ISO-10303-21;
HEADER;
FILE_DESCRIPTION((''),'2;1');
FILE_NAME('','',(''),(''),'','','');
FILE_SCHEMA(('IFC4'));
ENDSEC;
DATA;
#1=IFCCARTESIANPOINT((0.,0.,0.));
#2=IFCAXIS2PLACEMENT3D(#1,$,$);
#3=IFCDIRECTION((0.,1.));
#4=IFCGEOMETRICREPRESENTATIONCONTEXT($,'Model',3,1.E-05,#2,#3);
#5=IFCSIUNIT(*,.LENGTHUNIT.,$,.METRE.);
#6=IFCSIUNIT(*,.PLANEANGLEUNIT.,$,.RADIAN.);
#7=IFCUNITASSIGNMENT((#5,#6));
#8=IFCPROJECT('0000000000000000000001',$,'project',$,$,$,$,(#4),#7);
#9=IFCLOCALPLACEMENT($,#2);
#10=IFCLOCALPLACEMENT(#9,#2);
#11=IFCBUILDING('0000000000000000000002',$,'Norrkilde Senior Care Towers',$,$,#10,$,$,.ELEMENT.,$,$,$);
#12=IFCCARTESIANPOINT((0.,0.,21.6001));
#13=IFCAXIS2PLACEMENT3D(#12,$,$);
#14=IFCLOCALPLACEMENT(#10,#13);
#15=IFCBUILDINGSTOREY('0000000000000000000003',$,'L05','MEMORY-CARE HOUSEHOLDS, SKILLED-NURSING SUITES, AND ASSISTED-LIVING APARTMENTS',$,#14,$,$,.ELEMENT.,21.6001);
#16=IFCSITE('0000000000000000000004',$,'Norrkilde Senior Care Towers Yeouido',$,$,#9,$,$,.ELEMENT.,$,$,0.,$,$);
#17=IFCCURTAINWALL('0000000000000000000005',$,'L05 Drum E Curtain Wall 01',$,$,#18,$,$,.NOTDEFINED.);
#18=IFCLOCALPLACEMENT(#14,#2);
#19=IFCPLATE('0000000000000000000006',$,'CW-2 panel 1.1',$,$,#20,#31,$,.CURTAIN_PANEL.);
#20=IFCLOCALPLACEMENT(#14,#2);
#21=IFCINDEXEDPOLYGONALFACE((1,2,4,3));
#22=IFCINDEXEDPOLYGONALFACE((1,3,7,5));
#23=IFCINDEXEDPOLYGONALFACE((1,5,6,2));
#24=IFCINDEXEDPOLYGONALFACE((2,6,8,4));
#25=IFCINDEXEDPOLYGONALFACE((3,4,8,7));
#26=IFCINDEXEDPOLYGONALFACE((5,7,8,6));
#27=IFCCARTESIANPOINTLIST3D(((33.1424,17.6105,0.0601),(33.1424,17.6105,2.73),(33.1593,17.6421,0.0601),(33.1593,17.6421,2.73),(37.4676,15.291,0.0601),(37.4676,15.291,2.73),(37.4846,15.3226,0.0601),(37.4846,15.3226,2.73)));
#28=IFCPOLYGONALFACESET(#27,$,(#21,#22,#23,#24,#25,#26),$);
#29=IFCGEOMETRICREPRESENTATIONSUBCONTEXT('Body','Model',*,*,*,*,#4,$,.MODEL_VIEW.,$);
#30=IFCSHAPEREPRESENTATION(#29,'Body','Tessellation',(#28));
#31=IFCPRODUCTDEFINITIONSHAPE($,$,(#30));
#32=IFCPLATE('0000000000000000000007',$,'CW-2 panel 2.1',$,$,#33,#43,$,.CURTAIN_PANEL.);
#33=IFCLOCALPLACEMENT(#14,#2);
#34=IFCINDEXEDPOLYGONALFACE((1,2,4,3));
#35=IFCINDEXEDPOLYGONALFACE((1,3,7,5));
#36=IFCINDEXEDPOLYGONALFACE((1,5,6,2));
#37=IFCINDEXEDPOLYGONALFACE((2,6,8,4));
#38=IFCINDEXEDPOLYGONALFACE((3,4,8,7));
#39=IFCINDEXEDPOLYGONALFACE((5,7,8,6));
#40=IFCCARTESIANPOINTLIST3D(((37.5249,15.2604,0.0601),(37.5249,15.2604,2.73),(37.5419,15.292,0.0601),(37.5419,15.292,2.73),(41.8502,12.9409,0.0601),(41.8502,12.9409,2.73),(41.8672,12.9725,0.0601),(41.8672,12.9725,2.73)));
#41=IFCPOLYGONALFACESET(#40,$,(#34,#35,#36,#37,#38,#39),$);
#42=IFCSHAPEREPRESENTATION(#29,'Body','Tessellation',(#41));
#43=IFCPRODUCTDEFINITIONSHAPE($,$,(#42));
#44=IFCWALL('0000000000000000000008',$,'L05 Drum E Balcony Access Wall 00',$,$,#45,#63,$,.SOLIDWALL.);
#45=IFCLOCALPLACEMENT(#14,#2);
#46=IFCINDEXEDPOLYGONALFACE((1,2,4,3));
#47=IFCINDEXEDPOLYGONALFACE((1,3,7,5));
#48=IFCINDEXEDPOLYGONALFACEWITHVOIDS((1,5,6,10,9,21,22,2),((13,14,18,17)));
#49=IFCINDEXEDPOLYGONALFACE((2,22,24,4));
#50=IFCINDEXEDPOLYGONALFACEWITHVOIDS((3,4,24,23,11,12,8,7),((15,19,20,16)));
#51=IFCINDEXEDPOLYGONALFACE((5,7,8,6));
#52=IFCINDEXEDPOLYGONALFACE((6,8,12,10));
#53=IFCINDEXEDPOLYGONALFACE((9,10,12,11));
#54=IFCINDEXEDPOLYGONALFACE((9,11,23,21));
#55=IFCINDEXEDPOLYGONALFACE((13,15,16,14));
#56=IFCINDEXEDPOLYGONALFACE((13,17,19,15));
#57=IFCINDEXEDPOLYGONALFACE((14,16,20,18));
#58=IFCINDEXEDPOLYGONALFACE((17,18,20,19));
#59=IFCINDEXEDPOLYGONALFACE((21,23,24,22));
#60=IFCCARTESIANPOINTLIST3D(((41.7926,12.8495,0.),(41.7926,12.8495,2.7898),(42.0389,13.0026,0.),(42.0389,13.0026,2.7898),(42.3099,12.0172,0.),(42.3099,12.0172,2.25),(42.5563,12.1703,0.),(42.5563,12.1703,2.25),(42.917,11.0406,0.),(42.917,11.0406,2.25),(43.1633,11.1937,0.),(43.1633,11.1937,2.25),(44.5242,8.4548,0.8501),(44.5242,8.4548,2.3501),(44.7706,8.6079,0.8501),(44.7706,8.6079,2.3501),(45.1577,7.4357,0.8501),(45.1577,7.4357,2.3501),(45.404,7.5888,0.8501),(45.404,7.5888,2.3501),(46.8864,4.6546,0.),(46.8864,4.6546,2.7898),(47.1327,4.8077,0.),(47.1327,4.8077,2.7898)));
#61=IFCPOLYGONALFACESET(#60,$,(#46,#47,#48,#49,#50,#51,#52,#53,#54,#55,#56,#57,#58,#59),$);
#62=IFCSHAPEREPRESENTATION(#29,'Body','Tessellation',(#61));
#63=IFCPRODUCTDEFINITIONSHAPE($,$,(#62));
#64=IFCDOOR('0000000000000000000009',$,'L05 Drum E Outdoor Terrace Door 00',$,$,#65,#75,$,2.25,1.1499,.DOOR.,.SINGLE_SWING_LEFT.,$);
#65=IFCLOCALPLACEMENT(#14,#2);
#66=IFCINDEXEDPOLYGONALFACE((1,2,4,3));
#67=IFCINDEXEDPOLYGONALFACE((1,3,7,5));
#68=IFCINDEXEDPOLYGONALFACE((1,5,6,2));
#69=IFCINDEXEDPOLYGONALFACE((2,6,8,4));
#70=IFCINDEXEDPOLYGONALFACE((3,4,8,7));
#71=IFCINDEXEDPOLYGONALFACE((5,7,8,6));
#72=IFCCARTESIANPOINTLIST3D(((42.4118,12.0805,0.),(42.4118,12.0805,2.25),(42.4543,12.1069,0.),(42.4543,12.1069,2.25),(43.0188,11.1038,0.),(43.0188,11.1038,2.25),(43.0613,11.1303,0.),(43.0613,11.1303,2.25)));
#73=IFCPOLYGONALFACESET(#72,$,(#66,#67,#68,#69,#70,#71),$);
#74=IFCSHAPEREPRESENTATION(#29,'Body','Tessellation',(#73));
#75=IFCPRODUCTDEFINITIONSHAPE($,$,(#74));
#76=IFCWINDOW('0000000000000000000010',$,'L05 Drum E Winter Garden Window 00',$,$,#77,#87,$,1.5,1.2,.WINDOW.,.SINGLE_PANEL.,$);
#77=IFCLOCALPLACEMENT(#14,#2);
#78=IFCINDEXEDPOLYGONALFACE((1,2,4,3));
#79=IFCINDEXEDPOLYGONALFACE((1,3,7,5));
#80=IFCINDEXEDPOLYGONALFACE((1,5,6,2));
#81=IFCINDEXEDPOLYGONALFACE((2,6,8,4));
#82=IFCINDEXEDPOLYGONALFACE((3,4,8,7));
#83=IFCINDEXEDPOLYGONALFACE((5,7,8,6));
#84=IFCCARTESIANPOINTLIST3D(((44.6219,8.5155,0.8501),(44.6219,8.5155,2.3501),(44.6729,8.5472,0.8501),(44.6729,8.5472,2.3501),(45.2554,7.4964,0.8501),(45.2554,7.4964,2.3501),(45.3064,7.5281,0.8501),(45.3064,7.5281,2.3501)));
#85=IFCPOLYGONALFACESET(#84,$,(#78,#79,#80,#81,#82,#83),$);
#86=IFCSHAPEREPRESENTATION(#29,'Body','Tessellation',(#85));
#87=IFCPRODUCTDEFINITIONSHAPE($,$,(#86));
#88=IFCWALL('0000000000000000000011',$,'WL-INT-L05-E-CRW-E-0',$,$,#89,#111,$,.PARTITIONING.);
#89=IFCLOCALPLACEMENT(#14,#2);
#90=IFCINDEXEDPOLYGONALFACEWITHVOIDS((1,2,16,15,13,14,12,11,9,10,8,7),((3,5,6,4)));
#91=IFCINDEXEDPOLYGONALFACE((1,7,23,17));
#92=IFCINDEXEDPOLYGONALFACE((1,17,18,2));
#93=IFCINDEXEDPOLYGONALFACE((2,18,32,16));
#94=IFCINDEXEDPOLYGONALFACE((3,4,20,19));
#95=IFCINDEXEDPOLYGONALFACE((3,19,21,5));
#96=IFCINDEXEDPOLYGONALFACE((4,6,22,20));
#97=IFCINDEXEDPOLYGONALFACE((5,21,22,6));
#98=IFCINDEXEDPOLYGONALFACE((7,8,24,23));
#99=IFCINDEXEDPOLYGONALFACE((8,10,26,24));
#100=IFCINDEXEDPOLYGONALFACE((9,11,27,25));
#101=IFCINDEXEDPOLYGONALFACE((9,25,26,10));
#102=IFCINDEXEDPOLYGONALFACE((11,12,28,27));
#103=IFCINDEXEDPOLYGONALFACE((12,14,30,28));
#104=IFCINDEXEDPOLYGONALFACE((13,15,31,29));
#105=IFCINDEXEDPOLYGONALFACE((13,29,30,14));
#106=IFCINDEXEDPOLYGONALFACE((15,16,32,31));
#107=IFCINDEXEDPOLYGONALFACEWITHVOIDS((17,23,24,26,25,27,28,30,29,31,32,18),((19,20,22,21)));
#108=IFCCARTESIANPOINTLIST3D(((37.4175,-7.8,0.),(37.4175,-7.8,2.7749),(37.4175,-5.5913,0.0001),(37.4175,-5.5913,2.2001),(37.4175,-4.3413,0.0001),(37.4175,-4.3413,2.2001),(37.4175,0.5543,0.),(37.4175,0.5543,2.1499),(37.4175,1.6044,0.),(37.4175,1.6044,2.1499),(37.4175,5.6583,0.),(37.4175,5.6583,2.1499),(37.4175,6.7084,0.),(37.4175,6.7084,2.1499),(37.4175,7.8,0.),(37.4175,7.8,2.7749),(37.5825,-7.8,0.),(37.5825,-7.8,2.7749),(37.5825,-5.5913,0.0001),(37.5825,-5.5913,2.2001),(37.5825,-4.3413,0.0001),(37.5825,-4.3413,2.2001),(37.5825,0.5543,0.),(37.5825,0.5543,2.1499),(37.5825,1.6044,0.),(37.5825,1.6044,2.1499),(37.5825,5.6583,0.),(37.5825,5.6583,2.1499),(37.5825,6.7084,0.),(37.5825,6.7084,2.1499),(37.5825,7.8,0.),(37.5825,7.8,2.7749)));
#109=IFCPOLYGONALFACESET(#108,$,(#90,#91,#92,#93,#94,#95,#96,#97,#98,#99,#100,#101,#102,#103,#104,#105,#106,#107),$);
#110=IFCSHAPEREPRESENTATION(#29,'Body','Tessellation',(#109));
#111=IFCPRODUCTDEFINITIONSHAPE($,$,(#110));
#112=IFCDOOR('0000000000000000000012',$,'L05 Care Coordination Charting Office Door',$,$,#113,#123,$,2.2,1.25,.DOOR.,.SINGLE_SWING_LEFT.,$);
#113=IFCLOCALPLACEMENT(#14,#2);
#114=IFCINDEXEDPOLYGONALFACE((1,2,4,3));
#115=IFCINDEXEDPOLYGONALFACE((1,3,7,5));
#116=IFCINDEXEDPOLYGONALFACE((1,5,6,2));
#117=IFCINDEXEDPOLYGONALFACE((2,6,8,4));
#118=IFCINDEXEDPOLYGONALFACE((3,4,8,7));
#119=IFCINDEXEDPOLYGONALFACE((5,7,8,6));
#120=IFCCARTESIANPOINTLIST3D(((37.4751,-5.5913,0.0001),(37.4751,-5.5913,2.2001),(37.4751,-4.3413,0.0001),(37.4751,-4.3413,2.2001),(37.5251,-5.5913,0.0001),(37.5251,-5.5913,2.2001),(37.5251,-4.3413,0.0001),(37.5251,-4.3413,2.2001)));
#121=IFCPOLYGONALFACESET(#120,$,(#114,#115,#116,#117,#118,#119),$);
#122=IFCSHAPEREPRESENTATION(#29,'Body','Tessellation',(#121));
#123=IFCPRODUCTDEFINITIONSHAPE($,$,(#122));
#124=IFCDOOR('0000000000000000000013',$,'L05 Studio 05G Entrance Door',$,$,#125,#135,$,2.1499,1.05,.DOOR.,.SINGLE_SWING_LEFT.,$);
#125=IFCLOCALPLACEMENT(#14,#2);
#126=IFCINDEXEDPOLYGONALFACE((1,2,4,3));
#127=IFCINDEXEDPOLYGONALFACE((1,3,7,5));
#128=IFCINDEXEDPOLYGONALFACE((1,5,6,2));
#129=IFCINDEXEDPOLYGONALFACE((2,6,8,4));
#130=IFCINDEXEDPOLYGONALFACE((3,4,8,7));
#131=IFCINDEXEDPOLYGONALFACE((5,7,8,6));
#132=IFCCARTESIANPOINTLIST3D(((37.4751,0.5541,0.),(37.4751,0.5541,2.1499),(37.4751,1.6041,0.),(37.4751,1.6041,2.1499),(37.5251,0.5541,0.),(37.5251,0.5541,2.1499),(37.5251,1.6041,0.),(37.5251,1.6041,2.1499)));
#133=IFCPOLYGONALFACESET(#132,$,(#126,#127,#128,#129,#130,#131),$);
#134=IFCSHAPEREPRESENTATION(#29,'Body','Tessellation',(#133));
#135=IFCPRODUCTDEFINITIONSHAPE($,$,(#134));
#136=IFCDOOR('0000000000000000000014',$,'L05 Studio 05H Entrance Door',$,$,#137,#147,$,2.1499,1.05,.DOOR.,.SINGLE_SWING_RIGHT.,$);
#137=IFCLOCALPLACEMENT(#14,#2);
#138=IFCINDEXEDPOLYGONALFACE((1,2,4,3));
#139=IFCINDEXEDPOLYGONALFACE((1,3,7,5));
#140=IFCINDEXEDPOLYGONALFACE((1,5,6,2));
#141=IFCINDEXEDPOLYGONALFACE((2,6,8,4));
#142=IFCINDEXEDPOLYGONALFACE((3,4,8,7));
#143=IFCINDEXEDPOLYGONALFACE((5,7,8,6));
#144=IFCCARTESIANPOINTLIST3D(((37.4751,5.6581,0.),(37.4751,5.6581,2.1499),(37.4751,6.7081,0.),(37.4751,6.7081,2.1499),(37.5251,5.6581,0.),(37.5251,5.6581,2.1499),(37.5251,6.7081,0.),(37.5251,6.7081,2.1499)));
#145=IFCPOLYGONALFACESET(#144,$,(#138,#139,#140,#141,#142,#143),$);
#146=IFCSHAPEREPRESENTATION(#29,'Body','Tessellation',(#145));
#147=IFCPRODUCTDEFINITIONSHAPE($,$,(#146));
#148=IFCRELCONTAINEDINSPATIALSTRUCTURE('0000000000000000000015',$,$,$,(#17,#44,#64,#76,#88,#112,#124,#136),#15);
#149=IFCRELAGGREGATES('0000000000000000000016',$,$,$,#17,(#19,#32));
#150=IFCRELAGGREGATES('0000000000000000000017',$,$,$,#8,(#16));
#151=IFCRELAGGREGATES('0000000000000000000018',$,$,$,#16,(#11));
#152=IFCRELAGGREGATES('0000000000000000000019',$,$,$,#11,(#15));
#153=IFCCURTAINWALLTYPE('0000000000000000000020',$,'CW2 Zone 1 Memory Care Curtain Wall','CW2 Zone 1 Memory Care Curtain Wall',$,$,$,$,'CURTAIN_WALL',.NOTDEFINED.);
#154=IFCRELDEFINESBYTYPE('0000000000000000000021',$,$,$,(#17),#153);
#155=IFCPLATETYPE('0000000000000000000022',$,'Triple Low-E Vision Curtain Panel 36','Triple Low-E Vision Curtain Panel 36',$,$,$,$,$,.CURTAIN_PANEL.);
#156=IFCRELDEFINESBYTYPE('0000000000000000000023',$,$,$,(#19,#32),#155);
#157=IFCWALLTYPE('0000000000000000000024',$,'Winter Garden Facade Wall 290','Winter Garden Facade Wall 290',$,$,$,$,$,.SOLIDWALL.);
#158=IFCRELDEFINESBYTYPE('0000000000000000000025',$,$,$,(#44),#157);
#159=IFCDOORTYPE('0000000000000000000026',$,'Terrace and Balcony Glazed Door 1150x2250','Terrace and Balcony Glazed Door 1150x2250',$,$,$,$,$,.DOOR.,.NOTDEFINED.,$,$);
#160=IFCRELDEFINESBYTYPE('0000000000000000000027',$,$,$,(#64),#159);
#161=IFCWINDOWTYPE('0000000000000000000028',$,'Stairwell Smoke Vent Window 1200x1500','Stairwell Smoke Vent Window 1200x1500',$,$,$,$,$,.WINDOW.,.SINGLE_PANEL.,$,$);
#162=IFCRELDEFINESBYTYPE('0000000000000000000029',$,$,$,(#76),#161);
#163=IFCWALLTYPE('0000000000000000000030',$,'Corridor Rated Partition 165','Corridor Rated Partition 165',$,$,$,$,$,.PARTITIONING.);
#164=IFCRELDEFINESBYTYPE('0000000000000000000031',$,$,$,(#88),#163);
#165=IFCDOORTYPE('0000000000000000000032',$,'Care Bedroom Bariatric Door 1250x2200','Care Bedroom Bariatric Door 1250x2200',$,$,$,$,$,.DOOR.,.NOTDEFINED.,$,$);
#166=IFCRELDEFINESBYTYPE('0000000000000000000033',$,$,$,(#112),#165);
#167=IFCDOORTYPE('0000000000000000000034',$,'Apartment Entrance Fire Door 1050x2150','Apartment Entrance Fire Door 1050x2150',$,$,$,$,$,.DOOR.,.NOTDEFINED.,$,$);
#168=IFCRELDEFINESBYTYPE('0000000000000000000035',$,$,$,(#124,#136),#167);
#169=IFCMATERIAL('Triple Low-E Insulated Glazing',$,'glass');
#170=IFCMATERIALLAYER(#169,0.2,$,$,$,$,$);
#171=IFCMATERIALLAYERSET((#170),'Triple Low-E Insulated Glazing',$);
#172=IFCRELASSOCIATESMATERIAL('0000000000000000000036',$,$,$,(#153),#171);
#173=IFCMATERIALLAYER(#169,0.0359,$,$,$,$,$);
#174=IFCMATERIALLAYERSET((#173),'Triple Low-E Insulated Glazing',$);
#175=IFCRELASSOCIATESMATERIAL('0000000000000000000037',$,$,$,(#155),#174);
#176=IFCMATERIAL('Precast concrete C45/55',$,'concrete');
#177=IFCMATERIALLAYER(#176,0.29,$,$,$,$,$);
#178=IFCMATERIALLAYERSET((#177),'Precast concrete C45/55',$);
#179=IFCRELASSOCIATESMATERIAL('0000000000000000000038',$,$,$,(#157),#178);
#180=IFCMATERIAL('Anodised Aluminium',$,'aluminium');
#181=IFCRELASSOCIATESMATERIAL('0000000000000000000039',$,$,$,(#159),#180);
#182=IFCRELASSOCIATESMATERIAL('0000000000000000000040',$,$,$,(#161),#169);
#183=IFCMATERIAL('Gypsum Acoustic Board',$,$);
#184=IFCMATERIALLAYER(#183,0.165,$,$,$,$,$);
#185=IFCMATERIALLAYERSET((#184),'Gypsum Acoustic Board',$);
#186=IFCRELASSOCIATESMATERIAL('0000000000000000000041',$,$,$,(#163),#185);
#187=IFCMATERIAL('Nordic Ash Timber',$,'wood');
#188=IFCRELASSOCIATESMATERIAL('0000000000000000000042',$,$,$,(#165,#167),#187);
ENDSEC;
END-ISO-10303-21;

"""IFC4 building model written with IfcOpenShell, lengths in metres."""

from ifc_helpers import new_model, si_unit, direction, frame, frame_2d, origin, origin_2d, place, context, subcontext, project, spatial, rectangle, extrude, source, transform, mapped, material, layer, layer_set, type_object, type_shapes, element, fill, aggregate, save


model = new_model("IFC4")

# Units and contexts
model_context = context("Model", 3, precision=1e-05, world=origin(), true_north=direction((0.0, 1.0)))
body_context = subcontext(model_context, "Body", "Model", "MODEL_VIEW")
ifc_project = project(units=[si_unit("LENGTHUNIT", "METRE"), si_unit("PLANEANGLEUNIT", "RADIAN")], contexts=[model_context])

# Site, building, storey
site_placement = place(None, origin())
site = spatial("IfcSite", under=ifc_project, at=site_placement, Name="Norrkilde Senior Care Towers Yeouido", CompositionType="ELEMENT", RefElevation=0.0)
building_placement = place(site_placement, origin())
building = spatial("IfcBuilding", under=site, at=building_placement, Name="Norrkilde Senior Care Towers", CompositionType="ELEMENT")
storey_placement = place(building_placement, frame((0.0, 0.0, 21.6001)))
storey = spatial("IfcBuildingStorey", under=building, at=storey_placement, Name="L05", Description="MEMORY-CARE HOUSEHOLDS, SKILLED-NURSING SUITES, AND ASSISTED-LIVING APARTMENTS", CompositionType="ELEMENT", Elevation=21.6001)

# Curtain wall, plates
ifc_material_1 = material(Name="Triple Low-E Insulated Glazing", Category="glass")
ifc_layer_1 = layer(ifc_material_1, 0.2)
ifc_layer_set_1 = layer_set([ifc_layer_1], Name="Triple Low-E Insulated Glazing")
curtain_wall_type = type_object("IfcCurtainWallType", Name="CW2 Zone 1 Memory Care Curtain Wall", Description="CW2 Zone 1 Memory Care Curtain Wall", ElementType="CURTAIN_WALL", PredefinedType="NOTDEFINED", material=ifc_layer_set_1)
curtain_wall_placement = place(storey_placement, origin())
curtain_wall = element("IfcCurtainWall", 1, at=curtain_wall_placement, inside=storey, type_object=curtain_wall_type, Name="L05 Drum E Curtain Wall 01", PredefinedType="NOTDEFINED")
ifc_material_2 = material(Name="Anodised Aluminium", Category="aluminium")
ifc_layer_2 = layer(ifc_material_1, 0.0359)
ifc_layer_set_2 = layer_set([ifc_layer_2], Name="Triple Low-E Insulated Glazing")
plate_type = type_object("IfcPlateType", Name="Triple Low-E Vision Curtain Panel 36", Description="Triple Low-E Vision Curtain Panel 36", PredefinedType="CURTAIN_PANEL", material=ifc_layer_set_2)
shared_shape_1 = source(origin(), body_context, "Body", "SweptSolid", [
    extrude(rectangle(XDim=4.908, YDim=0.0359, at=origin_2d()), origin(), (0.0, 0.0, 1.0), 2.6699),
])
type_shapes(plate_type, [shared_shape_1])
plate_1_placement = place(storey_placement, frame((35.3135, 16.4666, 0.0601), z_axis=(0.0, 0.0, 1.0), x_axis=(0.881273, -0.472608, 0.0)))
plate_1 = element("IfcPlate", 2, at=plate_1_placement, type_object=plate_type, Name="CW-2 panel 1.1", PredefinedType="CURTAIN_PANEL", context=body_context, shape_type="MappedRepresentation", body=[
    mapped(shared_shape_1, transform((0.0, 0.0, 0.0), x_axis=(1.0, 0.0, 0.0), y_axis=(0.0, 1.0, 0.0), z_axis=(0.0, 0.0, 1.0), scale=1.0)),
])
plate_2_placement = place(storey_placement, frame((39.696, 14.1165, 0.0601), z_axis=(0.0, 0.0, 1.0), x_axis=(0.881273, -0.472608, 0.0)))
plate_2 = element("IfcPlate", 3, at=plate_2_placement, type_object=plate_type, Name="CW-2 panel 2.1", PredefinedType="CURTAIN_PANEL", context=body_context, shape_type="MappedRepresentation", body=[
    mapped(shared_shape_1, transform((0.0, 0.0, 0.0), x_axis=(1.0, 0.0, 0.0), y_axis=(0.0, 1.0, 0.0), z_axis=(0.0, 0.0, 1.0), scale=1.0)),
])
aggregate(curtain_wall, [plate_1, plate_2])

# Wall, openings, door, window
ifc_material_3 = material(Name="Precast concrete C45/55", Category="concrete")
ifc_layer_3 = layer(ifc_material_3, 0.29)
ifc_layer_set_3 = layer_set([ifc_layer_3], Name="Precast concrete C45/55")
wall_type_1 = type_object("IfcWallType", Name="Winter Garden Facade Wall 290", Description="Winter Garden Facade Wall 290", PredefinedType="SOLIDWALL", material=ifc_layer_set_3)
shared_shape_2 = source(origin(), body_context, "Body", "SweptSolid", [
    extrude(rectangle(XDim=9.6489, YDim=0.29, at=frame_2d((4.8245, 0.0))), origin(), (0.0, 0.0, 1.0), 2.7898),
])
type_shapes(wall_type_1, [shared_shape_2])
wall_1_placement = place(storey_placement, frame((41.9158, 12.926, 0.0), z_axis=(0.0, 0.0, 1.0), x_axis=(0.527909, -0.849301, 0.0)))
wall_1 = element("IfcWall", 4, at=wall_1_placement, inside=storey, type_object=wall_type_1, Name="L05 Drum E Balcony Access Wall 00", PredefinedType="SOLIDWALL", context=body_context, shape_type="MappedRepresentation", body=[
    mapped(shared_shape_2, transform((0.0, 0.0, 0.0), x_axis=(1.0, 0.0, 0.0), y_axis=(0.0, 1.0, 0.0), z_axis=(0.0, 0.0, 1.0), scale=1.0)),
])
opening_1_placement = place(wall_1_placement, frame((0.98, 0.0, 0.0)))
opening_1 = element("IfcOpeningElement", 5, at=opening_1_placement, cuts=wall_1, PredefinedType="OPENING", context=body_context, shape_type="SweptSolid", body=[
    extrude(rectangle(XDim=1.1499, YDim=2.25, at=frame_2d((0.575, 1.125))), frame((0.0, 0.155, 0.0), z_axis=(0.0, -1.0, 0.0), x_axis=(1.0, 0.0, 0.0)), (0.0, 0.0, 1.0), 0.3101),
])
opening_2_placement = place(wall_1_placement, frame((5.1743, 0.0, 0.8501)))
opening_2 = element("IfcOpeningElement", 6, at=opening_2_placement, cuts=wall_1, PredefinedType="OPENING", context=body_context, shape_type="SweptSolid", body=[
    extrude(rectangle(XDim=1.2, YDim=1.5, at=frame_2d((0.6001, 0.75))), frame((0.0, 0.155, 0.0), z_axis=(0.0, -1.0, 0.0), x_axis=(1.0, 0.0, 0.0)), (0.0, 0.0, 1.0), 0.3101),
])
door_type_1 = type_object("IfcDoorType", Name="Terrace and Balcony Glazed Door 1150x2250", Description="Terrace and Balcony Glazed Door 1150x2250", OperationType="NOTDEFINED", PredefinedType="DOOR", material=ifc_material_2)
shared_shape_3 = source(origin(), body_context, "Body", "SweptSolid", [
    extrude(rectangle(XDim=1.1499, YDim=2.25, at=frame_2d((0.575, 1.125))), frame((0.0, 0.0249, 0.0), z_axis=(0.0, -1.0, 0.0), x_axis=(1.0, 0.0, 0.0)), (0.0, 0.0, 1.0), 0.05),
])
type_shapes(door_type_1, [shared_shape_3])
door_1_placement = place(opening_1_placement, origin())
door_1 = element("IfcDoor", 7, at=door_1_placement, inside=storey, type_object=door_type_1, Name="L05 Drum E Outdoor Terrace Door 00", OperationType="SINGLE_SWING_LEFT", OverallHeight=2.25, OverallWidth=1.1499, PredefinedType="DOOR", context=body_context, shape_type="MappedRepresentation", body=[
    mapped(shared_shape_3, transform((0.0, 0.0, 0.0), x_axis=(1.0, 0.0, 0.0), y_axis=(0.0, 1.0, 0.0), z_axis=(0.0, 0.0, 1.0), scale=1.0)),
])
fill(opening_1, door_1)
window_type = type_object("IfcWindowType", Name="Stairwell Smoke Vent Window 1200x1500", Description="Stairwell Smoke Vent Window 1200x1500", PartitioningType="SINGLE_PANEL", PredefinedType="WINDOW", material=ifc_material_1)
shared_shape_4 = source(origin(), body_context, "Body", "SweptSolid", [
    extrude(rectangle(XDim=1.2, YDim=1.5, at=frame_2d((0.6001, 0.75))), frame((0.0, 0.03, 0.0), z_axis=(0.0, -1.0, 0.0), x_axis=(1.0, 0.0, 0.0)), (0.0, 0.0, 1.0), 0.0601),
])
type_shapes(window_type, [shared_shape_4])
window_placement = place(opening_2_placement, origin())
window = element("IfcWindow", 8, at=window_placement, inside=storey, type_object=window_type, Name="L05 Drum E Winter Garden Window 00", OverallHeight=1.5, OverallWidth=1.2, PartitioningType="SINGLE_PANEL", PredefinedType="WINDOW", context=body_context, shape_type="MappedRepresentation", body=[
    mapped(shared_shape_4, transform((0.0, 0.0, 0.0), x_axis=(1.0, 0.0, 0.0), y_axis=(0.0, 1.0, 0.0), z_axis=(0.0, 0.0, 1.0), scale=1.0)),
])
fill(opening_2, window)

# Wall, openings, doors
ifc_material_4 = material(Name="Gypsum Acoustic Board")
ifc_layer_4 = layer(ifc_material_4, 0.165)
ifc_layer_set_4 = layer_set([ifc_layer_4], Name="Gypsum Acoustic Board")
wall_type_2 = type_object("IfcWallType", Name="Corridor Rated Partition 165", Description="Corridor Rated Partition 165", PredefinedType="PARTITIONING", material=ifc_layer_set_4)
shared_shape_5 = source(origin(), body_context, "Body", "SweptSolid", [
    extrude(rectangle(XDim=15.6001, YDim=0.165, at=frame_2d((7.8, 0.0))), origin(), (0.0, 0.0, 1.0), 2.7749),
])
type_shapes(wall_type_2, [shared_shape_5])
wall_2_placement = place(storey_placement, frame((37.5, 7.8, 0.0), z_axis=(0.0, 0.0, 1.0), x_axis=(0.0, -1.0, 0.0)))
wall_2 = element("IfcWall", 9, at=wall_2_placement, inside=storey, type_object=wall_type_2, Name="WL-INT-L05-E-CRW-E-0", PredefinedType="PARTITIONING", context=body_context, shape_type="MappedRepresentation", body=[
    mapped(shared_shape_5, transform((0.0, 0.0, 0.0), x_axis=(1.0, 0.0, 0.0), y_axis=(0.0, 1.0, 0.0), z_axis=(0.0, 0.0, 1.0), scale=1.0)),
])
opening_3_placement = place(wall_2_placement, frame((12.1414, 0.0, 0.0)))
opening_3 = element("IfcOpeningElement", 10, at=opening_3_placement, cuts=wall_2, PredefinedType="OPENING", context=body_context, shape_type="SweptSolid", body=[
    extrude(rectangle(XDim=1.25, YDim=2.2, at=frame_2d((0.625, 1.1001))), frame((0.0, 0.0925, 0.0), z_axis=(0.0, -1.0, 0.0), x_axis=(1.0, 0.0, 0.0)), (0.0, 0.0, 1.0), 0.1851),
])
opening_4_placement = place(wall_2_placement, frame((6.1958, 0.0, 0.0)))
opening_4 = element("IfcOpeningElement", 11, at=opening_4_placement, cuts=wall_2, PredefinedType="OPENING", context=body_context, shape_type="SweptSolid", body=[
    extrude(rectangle(XDim=1.05, YDim=2.1499, at=frame_2d((0.5249, 1.075))), frame((0.0, 0.0925, 0.0), z_axis=(0.0, -1.0, 0.0), x_axis=(1.0, 0.0, 0.0)), (0.0, 0.0, 1.0), 0.1851),
])
opening_5_placement = place(wall_2_placement, frame((1.0918, 0.0, 0.0)))
opening_5 = element("IfcOpeningElement", 12, at=opening_5_placement, cuts=wall_2, PredefinedType="OPENING", context=body_context, shape_type="SweptSolid", body=[
    extrude(rectangle(XDim=1.05, YDim=2.1499, at=frame_2d((0.5249, 1.075))), frame((0.0, 0.0925, 0.0), z_axis=(0.0, -1.0, 0.0), x_axis=(1.0, 0.0, 0.0)), (0.0, 0.0, 1.0), 0.1851),
])
ifc_material_5 = material(Name="Nordic Ash Timber", Category="wood")
door_type_2 = type_object("IfcDoorType", Name="Care Bedroom Bariatric Door 1250x2200", Description="Care Bedroom Bariatric Door 1250x2200", OperationType="NOTDEFINED", PredefinedType="DOOR", material=ifc_material_5)
shared_shape_6 = source(origin(), body_context, "Body", "SweptSolid", [
    extrude(rectangle(XDim=1.25, YDim=2.2, at=frame_2d((0.625, 1.1001))), frame((0.0, 0.0249, 0.0), z_axis=(0.0, -1.0, 0.0), x_axis=(1.0, 0.0, 0.0)), (0.0, 0.0, 1.0), 0.05),
])
type_shapes(door_type_2, [shared_shape_6])
door_2_placement = place(opening_3_placement, frame((1.25, 0.0, 0.0), z_axis=(0.0, 0.0, 1.0), x_axis=(-1.0, 0.0, 0.0)))
door_2 = element("IfcDoor", 13, at=door_2_placement, inside=storey, type_object=door_type_2, Name="L05 Care Coordination Charting Office Door", OperationType="SINGLE_SWING_LEFT", OverallHeight=2.2, OverallWidth=1.25, PredefinedType="DOOR", context=body_context, shape_type="MappedRepresentation", body=[
    mapped(shared_shape_6, transform((0.0, 0.0, 0.0), x_axis=(1.0, 0.0, 0.0), y_axis=(0.0, 1.0, 0.0), z_axis=(0.0, 0.0, 1.0), scale=1.0)),
])
fill(opening_3, door_2)
door_type_3 = type_object("IfcDoorType", Name="Apartment Entrance Fire Door 1050x2150", Description="Apartment Entrance Fire Door 1050x2150", OperationType="NOTDEFINED", PredefinedType="DOOR", material=ifc_material_5)
shared_shape_7 = source(origin(), body_context, "Body", "SweptSolid", [
    extrude(rectangle(XDim=1.05, YDim=2.1499, at=frame_2d((0.5249, 1.075))), frame((0.0, 0.0249, 0.0), z_axis=(0.0, -1.0, 0.0), x_axis=(1.0, 0.0, 0.0)), (0.0, 0.0, 1.0), 0.05),
])
type_shapes(door_type_3, [shared_shape_7])
door_3_placement = place(opening_4_placement, frame((1.05, 0.0, 0.0), z_axis=(0.0, 0.0, 1.0), x_axis=(-1.0, 0.0, 0.0)))
door_3 = element("IfcDoor", 14, at=door_3_placement, inside=storey, type_object=door_type_3, Name="L05 Studio 05G Entrance Door", OperationType="SINGLE_SWING_LEFT", OverallHeight=2.1499, OverallWidth=1.05, PredefinedType="DOOR", context=body_context, shape_type="MappedRepresentation", body=[
    mapped(shared_shape_7, transform((0.0, 0.0, 0.0), x_axis=(1.0, 0.0, 0.0), y_axis=(0.0, 1.0, 0.0), z_axis=(0.0, 0.0, 1.0), scale=1.0)),
])
fill(opening_4, door_3)
door_4_placement = place(opening_5_placement, frame((1.05, 0.0, 0.0), z_axis=(0.0, 0.0, 1.0), x_axis=(-1.0, 0.0, 0.0)))
door_4 = element("IfcDoor", 15, at=door_4_placement, inside=storey, type_object=door_type_3, Name="L05 Studio 05H Entrance Door", OperationType="SINGLE_SWING_RIGHT", OverallHeight=2.1499, OverallWidth=1.05, PredefinedType="DOOR", context=body_context, shape_type="MappedRepresentation", body=[
    mapped(shared_shape_7, transform((0.0, 0.0, 0.0), x_axis=(1.0, 0.0, 0.0), y_axis=(0.0, 1.0, 0.0), z_axis=(0.0, 0.0, 1.0), scale=1.0)),
])
fill(opening_5, door_4)

save(model, "model.ifc")
